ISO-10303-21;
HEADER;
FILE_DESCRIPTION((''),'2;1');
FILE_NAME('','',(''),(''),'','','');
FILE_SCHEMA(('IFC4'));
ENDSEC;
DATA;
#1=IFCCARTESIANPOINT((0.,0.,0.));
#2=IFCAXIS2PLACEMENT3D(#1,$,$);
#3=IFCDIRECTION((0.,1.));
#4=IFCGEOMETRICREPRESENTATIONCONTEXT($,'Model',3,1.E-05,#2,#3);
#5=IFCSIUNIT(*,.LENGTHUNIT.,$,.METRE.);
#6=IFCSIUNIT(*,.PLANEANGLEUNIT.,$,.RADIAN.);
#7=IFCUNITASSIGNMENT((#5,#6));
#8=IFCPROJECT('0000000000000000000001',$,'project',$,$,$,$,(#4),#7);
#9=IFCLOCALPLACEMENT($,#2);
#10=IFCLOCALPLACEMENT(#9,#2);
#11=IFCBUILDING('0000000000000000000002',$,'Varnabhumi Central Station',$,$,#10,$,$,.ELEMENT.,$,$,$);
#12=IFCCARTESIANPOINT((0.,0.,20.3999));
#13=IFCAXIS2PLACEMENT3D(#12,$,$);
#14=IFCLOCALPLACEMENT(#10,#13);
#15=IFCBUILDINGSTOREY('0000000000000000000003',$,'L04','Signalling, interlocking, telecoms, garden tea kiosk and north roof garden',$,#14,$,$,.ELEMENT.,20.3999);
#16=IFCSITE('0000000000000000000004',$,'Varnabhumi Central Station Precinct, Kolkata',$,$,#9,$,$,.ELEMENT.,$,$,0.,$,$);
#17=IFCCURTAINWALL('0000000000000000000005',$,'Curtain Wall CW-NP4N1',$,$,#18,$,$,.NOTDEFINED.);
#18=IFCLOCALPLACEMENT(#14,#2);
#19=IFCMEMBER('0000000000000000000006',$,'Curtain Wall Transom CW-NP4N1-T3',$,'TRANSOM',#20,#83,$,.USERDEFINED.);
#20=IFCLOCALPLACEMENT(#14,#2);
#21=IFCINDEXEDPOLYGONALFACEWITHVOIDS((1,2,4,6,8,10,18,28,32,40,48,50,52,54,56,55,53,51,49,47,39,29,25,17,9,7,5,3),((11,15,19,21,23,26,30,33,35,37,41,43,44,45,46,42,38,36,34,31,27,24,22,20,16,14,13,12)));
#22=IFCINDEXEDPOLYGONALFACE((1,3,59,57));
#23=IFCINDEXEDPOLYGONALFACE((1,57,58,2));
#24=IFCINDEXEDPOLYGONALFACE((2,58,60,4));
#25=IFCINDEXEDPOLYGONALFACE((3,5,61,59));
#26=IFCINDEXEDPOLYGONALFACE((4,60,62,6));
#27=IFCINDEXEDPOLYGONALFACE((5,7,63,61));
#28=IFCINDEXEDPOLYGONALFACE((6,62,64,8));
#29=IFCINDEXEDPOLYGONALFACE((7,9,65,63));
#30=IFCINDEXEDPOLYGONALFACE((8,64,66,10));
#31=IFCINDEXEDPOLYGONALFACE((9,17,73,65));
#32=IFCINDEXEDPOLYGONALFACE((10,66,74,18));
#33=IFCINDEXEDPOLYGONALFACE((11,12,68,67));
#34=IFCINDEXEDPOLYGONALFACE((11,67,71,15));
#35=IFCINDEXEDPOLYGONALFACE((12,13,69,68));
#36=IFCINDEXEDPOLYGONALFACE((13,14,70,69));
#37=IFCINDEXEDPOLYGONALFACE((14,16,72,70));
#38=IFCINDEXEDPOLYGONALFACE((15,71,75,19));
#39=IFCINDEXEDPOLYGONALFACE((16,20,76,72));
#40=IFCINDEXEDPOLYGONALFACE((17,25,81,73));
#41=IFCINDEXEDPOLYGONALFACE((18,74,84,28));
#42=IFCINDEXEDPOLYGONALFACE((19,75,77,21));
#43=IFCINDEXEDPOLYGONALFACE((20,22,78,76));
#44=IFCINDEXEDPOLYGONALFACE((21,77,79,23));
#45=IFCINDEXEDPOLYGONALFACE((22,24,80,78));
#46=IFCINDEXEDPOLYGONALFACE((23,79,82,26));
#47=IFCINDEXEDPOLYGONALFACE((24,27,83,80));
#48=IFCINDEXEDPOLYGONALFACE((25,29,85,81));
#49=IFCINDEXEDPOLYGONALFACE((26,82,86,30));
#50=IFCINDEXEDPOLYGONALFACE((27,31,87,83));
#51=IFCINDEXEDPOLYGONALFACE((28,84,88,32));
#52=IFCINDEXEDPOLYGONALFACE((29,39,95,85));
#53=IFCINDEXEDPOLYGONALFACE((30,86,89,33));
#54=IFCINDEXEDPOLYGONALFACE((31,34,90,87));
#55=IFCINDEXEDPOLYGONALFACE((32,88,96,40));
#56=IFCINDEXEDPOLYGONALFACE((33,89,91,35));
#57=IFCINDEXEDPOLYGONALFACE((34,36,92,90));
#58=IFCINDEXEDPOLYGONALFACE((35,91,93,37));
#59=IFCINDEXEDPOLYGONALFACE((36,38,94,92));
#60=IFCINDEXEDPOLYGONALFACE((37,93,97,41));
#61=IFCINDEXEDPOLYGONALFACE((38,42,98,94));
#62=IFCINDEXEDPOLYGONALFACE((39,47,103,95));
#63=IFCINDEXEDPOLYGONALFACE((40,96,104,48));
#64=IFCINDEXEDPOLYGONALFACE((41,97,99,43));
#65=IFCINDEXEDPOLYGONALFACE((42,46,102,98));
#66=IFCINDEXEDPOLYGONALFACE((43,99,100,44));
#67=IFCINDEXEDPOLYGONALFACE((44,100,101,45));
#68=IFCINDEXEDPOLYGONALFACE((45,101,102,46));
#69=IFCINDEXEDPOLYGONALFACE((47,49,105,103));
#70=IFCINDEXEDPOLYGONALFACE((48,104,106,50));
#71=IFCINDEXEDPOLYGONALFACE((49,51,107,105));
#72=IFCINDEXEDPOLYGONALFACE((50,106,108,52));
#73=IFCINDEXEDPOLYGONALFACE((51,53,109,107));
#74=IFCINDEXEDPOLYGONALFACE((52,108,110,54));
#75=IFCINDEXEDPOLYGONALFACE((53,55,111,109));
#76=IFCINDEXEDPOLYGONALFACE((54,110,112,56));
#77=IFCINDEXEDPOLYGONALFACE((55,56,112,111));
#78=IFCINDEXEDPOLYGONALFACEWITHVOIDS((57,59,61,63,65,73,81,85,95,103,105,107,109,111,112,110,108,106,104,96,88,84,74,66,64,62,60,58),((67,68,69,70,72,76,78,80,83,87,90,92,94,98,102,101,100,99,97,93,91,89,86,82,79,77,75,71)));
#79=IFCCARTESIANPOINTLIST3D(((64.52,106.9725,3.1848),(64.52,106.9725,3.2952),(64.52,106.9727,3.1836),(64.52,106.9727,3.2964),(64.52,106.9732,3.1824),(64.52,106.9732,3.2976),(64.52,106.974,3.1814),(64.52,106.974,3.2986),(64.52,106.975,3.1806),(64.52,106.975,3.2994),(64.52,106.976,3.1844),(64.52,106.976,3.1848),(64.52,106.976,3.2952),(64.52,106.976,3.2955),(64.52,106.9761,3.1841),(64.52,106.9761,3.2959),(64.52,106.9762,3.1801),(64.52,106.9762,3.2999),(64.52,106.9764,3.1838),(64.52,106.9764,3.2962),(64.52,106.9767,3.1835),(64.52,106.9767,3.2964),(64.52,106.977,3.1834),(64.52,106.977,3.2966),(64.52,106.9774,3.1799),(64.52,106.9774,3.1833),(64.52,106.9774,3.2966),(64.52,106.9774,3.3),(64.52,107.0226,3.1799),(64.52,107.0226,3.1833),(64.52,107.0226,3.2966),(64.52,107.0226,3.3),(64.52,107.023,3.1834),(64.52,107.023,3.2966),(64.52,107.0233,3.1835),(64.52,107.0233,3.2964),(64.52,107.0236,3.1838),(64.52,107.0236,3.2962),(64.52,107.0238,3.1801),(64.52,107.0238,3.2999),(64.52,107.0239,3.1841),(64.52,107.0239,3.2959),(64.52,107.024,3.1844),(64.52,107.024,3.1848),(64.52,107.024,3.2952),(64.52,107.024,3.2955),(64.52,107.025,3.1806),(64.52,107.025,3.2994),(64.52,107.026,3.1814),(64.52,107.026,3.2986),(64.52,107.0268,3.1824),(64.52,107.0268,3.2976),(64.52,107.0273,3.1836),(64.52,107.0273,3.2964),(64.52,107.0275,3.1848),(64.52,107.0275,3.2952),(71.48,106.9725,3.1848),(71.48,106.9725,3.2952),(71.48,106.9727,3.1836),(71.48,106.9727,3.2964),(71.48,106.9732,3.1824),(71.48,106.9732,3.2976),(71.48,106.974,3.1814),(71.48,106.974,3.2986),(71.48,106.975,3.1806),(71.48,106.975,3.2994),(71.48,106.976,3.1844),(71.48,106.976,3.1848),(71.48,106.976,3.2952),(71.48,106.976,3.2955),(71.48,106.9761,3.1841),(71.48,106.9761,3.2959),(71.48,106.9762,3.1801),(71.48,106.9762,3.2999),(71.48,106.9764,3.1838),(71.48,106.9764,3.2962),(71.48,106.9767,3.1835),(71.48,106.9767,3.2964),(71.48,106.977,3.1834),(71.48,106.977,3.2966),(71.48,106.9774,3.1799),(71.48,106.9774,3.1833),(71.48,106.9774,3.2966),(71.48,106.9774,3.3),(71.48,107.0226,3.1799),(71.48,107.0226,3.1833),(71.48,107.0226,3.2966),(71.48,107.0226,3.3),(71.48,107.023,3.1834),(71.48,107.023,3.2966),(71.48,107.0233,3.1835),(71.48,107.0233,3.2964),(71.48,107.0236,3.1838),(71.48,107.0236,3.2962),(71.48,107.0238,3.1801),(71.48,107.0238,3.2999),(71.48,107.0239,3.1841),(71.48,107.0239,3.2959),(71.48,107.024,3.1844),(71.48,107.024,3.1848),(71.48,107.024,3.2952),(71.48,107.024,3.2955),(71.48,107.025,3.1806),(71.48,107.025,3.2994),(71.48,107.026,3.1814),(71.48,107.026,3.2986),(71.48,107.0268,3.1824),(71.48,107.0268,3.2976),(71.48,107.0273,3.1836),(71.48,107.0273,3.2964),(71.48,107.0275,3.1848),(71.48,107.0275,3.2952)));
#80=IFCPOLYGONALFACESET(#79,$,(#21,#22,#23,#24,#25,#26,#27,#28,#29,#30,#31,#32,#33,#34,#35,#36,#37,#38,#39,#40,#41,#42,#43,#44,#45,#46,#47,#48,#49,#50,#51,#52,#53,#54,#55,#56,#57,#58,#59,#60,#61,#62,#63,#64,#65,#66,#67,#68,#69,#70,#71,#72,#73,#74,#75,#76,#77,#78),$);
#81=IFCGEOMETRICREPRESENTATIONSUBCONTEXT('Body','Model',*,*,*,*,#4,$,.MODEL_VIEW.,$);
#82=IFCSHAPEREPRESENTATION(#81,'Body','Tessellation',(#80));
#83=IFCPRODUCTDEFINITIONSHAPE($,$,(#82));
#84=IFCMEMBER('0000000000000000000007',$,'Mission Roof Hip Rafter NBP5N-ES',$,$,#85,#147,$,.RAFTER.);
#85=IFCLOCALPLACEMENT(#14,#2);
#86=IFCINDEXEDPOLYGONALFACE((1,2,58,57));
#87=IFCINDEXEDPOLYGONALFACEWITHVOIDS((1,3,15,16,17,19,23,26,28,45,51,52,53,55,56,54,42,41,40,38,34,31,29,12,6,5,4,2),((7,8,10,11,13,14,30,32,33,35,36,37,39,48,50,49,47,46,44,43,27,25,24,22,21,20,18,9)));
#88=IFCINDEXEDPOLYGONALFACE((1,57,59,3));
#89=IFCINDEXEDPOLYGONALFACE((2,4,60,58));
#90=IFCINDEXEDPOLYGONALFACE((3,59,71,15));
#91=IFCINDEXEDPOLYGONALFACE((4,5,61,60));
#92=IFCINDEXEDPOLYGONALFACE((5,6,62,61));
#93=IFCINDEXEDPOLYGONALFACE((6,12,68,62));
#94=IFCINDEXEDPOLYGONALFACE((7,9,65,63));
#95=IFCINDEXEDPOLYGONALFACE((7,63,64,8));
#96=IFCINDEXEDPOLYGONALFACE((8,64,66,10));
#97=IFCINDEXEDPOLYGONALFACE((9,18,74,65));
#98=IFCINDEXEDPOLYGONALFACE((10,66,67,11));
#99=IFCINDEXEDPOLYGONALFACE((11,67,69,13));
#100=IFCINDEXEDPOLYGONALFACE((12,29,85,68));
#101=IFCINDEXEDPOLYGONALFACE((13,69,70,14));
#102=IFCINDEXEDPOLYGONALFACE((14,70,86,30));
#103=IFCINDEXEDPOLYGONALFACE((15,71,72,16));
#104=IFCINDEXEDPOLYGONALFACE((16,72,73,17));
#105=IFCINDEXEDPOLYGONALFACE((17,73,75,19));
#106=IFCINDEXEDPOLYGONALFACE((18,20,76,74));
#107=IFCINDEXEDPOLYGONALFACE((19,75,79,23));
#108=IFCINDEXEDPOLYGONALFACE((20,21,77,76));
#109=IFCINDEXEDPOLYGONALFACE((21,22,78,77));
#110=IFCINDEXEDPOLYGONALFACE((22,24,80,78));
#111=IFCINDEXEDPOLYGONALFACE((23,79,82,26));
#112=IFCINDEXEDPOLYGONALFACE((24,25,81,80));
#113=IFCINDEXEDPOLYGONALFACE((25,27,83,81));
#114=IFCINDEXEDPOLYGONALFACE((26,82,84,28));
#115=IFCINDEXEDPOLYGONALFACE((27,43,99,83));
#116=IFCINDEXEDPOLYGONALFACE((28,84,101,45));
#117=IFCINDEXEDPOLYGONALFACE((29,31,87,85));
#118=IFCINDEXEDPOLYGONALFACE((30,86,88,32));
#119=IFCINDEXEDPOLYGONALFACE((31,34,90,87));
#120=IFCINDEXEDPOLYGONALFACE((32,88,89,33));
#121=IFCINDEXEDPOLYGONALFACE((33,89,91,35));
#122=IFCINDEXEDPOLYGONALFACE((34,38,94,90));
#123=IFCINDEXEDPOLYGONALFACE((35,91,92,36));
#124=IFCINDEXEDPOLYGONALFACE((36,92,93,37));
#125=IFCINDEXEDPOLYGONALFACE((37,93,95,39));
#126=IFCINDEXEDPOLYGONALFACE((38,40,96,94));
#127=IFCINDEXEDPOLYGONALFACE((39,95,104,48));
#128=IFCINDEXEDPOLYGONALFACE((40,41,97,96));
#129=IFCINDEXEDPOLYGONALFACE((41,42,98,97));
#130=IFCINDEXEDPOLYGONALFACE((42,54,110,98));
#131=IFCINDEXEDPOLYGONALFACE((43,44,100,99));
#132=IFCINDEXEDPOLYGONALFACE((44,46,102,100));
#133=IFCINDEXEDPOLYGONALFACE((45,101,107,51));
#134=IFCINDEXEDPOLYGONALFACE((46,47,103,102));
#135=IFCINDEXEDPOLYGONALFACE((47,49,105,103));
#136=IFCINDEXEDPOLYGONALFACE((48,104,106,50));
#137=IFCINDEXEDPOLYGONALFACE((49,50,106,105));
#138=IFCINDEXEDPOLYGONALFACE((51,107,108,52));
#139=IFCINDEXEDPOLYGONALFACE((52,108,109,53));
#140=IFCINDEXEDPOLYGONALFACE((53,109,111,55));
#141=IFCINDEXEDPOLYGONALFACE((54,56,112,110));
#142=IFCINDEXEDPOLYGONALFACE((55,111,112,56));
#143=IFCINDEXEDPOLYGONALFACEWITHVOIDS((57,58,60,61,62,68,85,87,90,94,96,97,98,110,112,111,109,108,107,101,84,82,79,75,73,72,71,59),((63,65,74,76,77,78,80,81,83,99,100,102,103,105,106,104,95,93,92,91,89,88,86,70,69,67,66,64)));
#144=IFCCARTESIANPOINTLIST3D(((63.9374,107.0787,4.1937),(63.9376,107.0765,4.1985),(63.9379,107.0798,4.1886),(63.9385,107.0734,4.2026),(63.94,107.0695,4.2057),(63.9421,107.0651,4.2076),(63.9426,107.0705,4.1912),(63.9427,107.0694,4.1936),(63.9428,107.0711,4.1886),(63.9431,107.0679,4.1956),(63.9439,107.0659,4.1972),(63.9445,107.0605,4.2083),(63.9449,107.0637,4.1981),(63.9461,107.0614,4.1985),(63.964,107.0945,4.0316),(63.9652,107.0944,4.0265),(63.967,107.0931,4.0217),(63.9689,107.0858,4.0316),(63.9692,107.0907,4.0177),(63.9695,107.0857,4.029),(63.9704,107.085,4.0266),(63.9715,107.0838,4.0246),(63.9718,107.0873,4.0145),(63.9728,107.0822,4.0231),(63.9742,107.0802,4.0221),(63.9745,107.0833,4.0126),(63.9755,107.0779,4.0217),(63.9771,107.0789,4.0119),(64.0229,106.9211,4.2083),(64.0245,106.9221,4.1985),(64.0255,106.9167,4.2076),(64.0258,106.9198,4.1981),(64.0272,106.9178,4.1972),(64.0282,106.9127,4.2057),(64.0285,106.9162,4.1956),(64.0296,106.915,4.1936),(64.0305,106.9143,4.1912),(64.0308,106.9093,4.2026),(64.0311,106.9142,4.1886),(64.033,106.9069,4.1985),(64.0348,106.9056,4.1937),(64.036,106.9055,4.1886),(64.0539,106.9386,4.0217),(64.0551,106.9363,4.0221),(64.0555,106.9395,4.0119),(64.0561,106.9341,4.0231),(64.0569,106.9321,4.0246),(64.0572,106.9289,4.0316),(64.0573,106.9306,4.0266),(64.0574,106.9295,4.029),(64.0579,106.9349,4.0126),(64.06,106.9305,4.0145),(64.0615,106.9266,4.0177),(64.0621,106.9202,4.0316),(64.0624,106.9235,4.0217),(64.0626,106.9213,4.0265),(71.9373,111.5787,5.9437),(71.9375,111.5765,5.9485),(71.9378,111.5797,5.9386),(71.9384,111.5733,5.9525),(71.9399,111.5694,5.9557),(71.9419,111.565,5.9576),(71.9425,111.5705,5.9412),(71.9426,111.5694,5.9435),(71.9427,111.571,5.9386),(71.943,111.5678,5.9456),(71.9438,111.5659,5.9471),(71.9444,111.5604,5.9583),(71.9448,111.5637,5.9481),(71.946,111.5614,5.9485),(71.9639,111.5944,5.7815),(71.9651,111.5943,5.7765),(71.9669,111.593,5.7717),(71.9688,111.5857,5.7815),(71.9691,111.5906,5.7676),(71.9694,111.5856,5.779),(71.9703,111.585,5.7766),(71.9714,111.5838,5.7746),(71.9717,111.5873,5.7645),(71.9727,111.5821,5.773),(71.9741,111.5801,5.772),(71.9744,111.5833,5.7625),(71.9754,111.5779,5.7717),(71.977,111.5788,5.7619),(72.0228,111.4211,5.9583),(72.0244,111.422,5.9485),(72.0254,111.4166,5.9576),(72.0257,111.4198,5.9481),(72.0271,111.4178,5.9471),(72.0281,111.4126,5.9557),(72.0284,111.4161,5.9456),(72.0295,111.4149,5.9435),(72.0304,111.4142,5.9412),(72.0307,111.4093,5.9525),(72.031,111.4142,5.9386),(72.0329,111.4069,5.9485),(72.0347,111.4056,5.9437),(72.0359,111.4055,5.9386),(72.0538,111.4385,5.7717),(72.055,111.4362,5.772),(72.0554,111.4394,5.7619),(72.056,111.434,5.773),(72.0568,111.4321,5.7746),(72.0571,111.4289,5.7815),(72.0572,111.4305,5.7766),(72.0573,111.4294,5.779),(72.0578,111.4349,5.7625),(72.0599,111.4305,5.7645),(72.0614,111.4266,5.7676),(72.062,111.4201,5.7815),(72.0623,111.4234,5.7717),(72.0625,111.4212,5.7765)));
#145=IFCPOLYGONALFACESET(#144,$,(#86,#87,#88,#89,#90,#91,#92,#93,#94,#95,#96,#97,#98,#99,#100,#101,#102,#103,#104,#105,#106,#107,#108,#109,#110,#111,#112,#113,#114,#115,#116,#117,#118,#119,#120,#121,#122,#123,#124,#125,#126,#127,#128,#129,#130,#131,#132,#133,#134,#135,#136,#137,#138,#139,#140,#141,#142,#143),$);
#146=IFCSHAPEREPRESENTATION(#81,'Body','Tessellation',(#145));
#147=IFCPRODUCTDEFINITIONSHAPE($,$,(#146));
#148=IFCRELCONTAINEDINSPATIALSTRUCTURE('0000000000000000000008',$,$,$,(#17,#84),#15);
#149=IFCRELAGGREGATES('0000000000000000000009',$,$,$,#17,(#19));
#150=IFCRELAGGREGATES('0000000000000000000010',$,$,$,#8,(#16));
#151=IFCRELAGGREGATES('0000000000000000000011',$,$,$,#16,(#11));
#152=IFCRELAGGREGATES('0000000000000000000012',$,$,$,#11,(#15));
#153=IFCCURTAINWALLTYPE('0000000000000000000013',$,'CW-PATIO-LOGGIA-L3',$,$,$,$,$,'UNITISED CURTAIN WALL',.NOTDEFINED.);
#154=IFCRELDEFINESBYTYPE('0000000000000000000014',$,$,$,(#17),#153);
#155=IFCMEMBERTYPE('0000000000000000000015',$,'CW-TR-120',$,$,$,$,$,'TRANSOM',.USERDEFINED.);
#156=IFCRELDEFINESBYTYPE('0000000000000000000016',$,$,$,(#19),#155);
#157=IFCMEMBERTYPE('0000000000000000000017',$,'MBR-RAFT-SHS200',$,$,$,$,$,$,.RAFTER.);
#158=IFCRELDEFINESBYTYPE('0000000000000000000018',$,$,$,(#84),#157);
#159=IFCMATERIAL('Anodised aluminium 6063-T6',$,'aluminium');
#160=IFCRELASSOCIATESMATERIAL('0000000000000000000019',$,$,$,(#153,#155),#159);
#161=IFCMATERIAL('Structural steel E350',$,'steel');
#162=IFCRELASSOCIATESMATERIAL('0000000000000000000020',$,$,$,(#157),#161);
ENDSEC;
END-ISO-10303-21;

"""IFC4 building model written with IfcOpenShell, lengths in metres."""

from ifc_helpers import new_model, si_unit, direction, frame, origin, origin_2d, place, context, subcontext, project, spatial, hollow_rectangle, extrude, material, material_profile, profile_set, type_object, element, aggregate, save


model = new_model("IFC4")

# Units and contexts
model_context = context("Model", 3, precision=1e-05, world=origin(), true_north=direction((0.0, 1.0)))
body_context = subcontext(model_context, "Body", "Model", "MODEL_VIEW")
ifc_project = project(units=[si_unit("LENGTHUNIT", "METRE"), si_unit("PLANEANGLEUNIT", "RADIAN")], contexts=[model_context])

# Site, building, storey
site_placement = place(None, origin())
site = spatial("IfcSite", under=ifc_project, at=site_placement, Name="Varnabhumi Central Station Precinct, Kolkata", CompositionType="ELEMENT", RefElevation=0.0)
building_placement = place(site_placement, origin())
building = spatial("IfcBuilding", under=site, at=building_placement, Name="Varnabhumi Central Station", CompositionType="ELEMENT")
storey_placement = place(building_placement, frame((0.0, 0.0, 20.3999)))
storey = spatial("IfcBuildingStorey", under=building, at=storey_placement, Name="L04", Description="Signalling, interlocking, telecoms, garden tea kiosk and north roof garden", CompositionType="ELEMENT", Elevation=20.3999)

# Shared definitions
ifc_material_1 = material(Name="Anodised aluminium 6063-T6", Category="aluminium")
curtain_wall_type = type_object("IfcCurtainWallType", Name="CW-PATIO-LOGGIA-L3", ElementType="UNITISED CURTAIN WALL", PredefinedType="NOTDEFINED", material=ifc_material_1)

# Curtain wall
curtain_wall_1_placement = place(storey_placement, origin())
curtain_wall_1 = element("IfcCurtainWall", 1, at=curtain_wall_1_placement, inside=storey, type_object=curtain_wall_type, Name="Curtain Wall CW-NP4N1", PredefinedType="NOTDEFINED")

# Member
ifc_material_profile_1 = material_profile(ifc_material_1, hollow_rectangle(XDim=0.0549, YDim=0.1201, WallThickness=0.0034, InnerFilletRadius=0.0015, OuterFilletRadius=0.0049, at=origin_2d()), Name="Anodised aluminium 6063-T6", Category="aluminium")
ifc_profile_set_1 = profile_set([ifc_material_profile_1], Name="Anodised aluminium 6063-T6")
member_type_1 = type_object("IfcMemberType", Name="CW-TR-120", ElementType="TRANSOM", PredefinedType="USERDEFINED", material=ifc_profile_set_1)
member_1_placement = place(storey_placement, frame((64.52, 107.0, 3.24), z_axis=(1.0, 0.0, 0.0), x_axis=(0.0, 1.0, 0.0)))
member_1 = element("IfcMember", 2, at=member_1_placement, type_object=member_type_1, Name="Curtain Wall Transom CW-NP4N1-T3", ObjectType="TRANSOM", PredefinedType="USERDEFINED", context=body_context, shape_type="SweptSolid", body=[
    extrude(hollow_rectangle(XDim=0.0549, YDim=0.1201, WallThickness=0.0034, InnerFilletRadius=0.0015, OuterFilletRadius=0.0049, at=origin_2d()), origin(), (0.0, 0.0, 1.0), 6.96),
])

# Member
ifc_material_2 = material(Name="Structural steel E350", Category="steel")
ifc_material_profile_2 = material_profile(ifc_material_2, hollow_rectangle(XDim=0.2, YDim=0.2, WallThickness=0.01, InnerFilletRadius=0.01, OuterFilletRadius=0.02, at=origin_2d()), Name="Structural steel E350", Category="steel")
ifc_profile_set_2 = profile_set([ifc_material_profile_2], Name="Structural steel E350")
member_type_2 = type_object("IfcMemberType", Name="MBR-RAFT-SHS200", PredefinedType="RAFTER", material=ifc_profile_set_2)
member_2_placement = place(storey_placement, frame((64.0, 107.0, 4.1101), z_axis=(0.856154, 0.481586, 0.187284), x_axis=(-0.490261, 0.871576, 0.0)))
element("IfcMember", 3, at=member_2_placement, inside=storey, type_object=member_type_2, Name="Mission Roof Hip Rafter NBP5N-ES", PredefinedType="RAFTER", context=body_context, shape_type="SweptSolid", body=[
    extrude(hollow_rectangle(XDim=0.2, YDim=0.2, WallThickness=0.01, InnerFilletRadius=0.01, OuterFilletRadius=0.02, at=origin_2d()), origin(), (0.0, 0.0, 1.0), 9.344),
])

aggregate(curtain_wall_1, [member_1])

save(model, "model.ifc")
